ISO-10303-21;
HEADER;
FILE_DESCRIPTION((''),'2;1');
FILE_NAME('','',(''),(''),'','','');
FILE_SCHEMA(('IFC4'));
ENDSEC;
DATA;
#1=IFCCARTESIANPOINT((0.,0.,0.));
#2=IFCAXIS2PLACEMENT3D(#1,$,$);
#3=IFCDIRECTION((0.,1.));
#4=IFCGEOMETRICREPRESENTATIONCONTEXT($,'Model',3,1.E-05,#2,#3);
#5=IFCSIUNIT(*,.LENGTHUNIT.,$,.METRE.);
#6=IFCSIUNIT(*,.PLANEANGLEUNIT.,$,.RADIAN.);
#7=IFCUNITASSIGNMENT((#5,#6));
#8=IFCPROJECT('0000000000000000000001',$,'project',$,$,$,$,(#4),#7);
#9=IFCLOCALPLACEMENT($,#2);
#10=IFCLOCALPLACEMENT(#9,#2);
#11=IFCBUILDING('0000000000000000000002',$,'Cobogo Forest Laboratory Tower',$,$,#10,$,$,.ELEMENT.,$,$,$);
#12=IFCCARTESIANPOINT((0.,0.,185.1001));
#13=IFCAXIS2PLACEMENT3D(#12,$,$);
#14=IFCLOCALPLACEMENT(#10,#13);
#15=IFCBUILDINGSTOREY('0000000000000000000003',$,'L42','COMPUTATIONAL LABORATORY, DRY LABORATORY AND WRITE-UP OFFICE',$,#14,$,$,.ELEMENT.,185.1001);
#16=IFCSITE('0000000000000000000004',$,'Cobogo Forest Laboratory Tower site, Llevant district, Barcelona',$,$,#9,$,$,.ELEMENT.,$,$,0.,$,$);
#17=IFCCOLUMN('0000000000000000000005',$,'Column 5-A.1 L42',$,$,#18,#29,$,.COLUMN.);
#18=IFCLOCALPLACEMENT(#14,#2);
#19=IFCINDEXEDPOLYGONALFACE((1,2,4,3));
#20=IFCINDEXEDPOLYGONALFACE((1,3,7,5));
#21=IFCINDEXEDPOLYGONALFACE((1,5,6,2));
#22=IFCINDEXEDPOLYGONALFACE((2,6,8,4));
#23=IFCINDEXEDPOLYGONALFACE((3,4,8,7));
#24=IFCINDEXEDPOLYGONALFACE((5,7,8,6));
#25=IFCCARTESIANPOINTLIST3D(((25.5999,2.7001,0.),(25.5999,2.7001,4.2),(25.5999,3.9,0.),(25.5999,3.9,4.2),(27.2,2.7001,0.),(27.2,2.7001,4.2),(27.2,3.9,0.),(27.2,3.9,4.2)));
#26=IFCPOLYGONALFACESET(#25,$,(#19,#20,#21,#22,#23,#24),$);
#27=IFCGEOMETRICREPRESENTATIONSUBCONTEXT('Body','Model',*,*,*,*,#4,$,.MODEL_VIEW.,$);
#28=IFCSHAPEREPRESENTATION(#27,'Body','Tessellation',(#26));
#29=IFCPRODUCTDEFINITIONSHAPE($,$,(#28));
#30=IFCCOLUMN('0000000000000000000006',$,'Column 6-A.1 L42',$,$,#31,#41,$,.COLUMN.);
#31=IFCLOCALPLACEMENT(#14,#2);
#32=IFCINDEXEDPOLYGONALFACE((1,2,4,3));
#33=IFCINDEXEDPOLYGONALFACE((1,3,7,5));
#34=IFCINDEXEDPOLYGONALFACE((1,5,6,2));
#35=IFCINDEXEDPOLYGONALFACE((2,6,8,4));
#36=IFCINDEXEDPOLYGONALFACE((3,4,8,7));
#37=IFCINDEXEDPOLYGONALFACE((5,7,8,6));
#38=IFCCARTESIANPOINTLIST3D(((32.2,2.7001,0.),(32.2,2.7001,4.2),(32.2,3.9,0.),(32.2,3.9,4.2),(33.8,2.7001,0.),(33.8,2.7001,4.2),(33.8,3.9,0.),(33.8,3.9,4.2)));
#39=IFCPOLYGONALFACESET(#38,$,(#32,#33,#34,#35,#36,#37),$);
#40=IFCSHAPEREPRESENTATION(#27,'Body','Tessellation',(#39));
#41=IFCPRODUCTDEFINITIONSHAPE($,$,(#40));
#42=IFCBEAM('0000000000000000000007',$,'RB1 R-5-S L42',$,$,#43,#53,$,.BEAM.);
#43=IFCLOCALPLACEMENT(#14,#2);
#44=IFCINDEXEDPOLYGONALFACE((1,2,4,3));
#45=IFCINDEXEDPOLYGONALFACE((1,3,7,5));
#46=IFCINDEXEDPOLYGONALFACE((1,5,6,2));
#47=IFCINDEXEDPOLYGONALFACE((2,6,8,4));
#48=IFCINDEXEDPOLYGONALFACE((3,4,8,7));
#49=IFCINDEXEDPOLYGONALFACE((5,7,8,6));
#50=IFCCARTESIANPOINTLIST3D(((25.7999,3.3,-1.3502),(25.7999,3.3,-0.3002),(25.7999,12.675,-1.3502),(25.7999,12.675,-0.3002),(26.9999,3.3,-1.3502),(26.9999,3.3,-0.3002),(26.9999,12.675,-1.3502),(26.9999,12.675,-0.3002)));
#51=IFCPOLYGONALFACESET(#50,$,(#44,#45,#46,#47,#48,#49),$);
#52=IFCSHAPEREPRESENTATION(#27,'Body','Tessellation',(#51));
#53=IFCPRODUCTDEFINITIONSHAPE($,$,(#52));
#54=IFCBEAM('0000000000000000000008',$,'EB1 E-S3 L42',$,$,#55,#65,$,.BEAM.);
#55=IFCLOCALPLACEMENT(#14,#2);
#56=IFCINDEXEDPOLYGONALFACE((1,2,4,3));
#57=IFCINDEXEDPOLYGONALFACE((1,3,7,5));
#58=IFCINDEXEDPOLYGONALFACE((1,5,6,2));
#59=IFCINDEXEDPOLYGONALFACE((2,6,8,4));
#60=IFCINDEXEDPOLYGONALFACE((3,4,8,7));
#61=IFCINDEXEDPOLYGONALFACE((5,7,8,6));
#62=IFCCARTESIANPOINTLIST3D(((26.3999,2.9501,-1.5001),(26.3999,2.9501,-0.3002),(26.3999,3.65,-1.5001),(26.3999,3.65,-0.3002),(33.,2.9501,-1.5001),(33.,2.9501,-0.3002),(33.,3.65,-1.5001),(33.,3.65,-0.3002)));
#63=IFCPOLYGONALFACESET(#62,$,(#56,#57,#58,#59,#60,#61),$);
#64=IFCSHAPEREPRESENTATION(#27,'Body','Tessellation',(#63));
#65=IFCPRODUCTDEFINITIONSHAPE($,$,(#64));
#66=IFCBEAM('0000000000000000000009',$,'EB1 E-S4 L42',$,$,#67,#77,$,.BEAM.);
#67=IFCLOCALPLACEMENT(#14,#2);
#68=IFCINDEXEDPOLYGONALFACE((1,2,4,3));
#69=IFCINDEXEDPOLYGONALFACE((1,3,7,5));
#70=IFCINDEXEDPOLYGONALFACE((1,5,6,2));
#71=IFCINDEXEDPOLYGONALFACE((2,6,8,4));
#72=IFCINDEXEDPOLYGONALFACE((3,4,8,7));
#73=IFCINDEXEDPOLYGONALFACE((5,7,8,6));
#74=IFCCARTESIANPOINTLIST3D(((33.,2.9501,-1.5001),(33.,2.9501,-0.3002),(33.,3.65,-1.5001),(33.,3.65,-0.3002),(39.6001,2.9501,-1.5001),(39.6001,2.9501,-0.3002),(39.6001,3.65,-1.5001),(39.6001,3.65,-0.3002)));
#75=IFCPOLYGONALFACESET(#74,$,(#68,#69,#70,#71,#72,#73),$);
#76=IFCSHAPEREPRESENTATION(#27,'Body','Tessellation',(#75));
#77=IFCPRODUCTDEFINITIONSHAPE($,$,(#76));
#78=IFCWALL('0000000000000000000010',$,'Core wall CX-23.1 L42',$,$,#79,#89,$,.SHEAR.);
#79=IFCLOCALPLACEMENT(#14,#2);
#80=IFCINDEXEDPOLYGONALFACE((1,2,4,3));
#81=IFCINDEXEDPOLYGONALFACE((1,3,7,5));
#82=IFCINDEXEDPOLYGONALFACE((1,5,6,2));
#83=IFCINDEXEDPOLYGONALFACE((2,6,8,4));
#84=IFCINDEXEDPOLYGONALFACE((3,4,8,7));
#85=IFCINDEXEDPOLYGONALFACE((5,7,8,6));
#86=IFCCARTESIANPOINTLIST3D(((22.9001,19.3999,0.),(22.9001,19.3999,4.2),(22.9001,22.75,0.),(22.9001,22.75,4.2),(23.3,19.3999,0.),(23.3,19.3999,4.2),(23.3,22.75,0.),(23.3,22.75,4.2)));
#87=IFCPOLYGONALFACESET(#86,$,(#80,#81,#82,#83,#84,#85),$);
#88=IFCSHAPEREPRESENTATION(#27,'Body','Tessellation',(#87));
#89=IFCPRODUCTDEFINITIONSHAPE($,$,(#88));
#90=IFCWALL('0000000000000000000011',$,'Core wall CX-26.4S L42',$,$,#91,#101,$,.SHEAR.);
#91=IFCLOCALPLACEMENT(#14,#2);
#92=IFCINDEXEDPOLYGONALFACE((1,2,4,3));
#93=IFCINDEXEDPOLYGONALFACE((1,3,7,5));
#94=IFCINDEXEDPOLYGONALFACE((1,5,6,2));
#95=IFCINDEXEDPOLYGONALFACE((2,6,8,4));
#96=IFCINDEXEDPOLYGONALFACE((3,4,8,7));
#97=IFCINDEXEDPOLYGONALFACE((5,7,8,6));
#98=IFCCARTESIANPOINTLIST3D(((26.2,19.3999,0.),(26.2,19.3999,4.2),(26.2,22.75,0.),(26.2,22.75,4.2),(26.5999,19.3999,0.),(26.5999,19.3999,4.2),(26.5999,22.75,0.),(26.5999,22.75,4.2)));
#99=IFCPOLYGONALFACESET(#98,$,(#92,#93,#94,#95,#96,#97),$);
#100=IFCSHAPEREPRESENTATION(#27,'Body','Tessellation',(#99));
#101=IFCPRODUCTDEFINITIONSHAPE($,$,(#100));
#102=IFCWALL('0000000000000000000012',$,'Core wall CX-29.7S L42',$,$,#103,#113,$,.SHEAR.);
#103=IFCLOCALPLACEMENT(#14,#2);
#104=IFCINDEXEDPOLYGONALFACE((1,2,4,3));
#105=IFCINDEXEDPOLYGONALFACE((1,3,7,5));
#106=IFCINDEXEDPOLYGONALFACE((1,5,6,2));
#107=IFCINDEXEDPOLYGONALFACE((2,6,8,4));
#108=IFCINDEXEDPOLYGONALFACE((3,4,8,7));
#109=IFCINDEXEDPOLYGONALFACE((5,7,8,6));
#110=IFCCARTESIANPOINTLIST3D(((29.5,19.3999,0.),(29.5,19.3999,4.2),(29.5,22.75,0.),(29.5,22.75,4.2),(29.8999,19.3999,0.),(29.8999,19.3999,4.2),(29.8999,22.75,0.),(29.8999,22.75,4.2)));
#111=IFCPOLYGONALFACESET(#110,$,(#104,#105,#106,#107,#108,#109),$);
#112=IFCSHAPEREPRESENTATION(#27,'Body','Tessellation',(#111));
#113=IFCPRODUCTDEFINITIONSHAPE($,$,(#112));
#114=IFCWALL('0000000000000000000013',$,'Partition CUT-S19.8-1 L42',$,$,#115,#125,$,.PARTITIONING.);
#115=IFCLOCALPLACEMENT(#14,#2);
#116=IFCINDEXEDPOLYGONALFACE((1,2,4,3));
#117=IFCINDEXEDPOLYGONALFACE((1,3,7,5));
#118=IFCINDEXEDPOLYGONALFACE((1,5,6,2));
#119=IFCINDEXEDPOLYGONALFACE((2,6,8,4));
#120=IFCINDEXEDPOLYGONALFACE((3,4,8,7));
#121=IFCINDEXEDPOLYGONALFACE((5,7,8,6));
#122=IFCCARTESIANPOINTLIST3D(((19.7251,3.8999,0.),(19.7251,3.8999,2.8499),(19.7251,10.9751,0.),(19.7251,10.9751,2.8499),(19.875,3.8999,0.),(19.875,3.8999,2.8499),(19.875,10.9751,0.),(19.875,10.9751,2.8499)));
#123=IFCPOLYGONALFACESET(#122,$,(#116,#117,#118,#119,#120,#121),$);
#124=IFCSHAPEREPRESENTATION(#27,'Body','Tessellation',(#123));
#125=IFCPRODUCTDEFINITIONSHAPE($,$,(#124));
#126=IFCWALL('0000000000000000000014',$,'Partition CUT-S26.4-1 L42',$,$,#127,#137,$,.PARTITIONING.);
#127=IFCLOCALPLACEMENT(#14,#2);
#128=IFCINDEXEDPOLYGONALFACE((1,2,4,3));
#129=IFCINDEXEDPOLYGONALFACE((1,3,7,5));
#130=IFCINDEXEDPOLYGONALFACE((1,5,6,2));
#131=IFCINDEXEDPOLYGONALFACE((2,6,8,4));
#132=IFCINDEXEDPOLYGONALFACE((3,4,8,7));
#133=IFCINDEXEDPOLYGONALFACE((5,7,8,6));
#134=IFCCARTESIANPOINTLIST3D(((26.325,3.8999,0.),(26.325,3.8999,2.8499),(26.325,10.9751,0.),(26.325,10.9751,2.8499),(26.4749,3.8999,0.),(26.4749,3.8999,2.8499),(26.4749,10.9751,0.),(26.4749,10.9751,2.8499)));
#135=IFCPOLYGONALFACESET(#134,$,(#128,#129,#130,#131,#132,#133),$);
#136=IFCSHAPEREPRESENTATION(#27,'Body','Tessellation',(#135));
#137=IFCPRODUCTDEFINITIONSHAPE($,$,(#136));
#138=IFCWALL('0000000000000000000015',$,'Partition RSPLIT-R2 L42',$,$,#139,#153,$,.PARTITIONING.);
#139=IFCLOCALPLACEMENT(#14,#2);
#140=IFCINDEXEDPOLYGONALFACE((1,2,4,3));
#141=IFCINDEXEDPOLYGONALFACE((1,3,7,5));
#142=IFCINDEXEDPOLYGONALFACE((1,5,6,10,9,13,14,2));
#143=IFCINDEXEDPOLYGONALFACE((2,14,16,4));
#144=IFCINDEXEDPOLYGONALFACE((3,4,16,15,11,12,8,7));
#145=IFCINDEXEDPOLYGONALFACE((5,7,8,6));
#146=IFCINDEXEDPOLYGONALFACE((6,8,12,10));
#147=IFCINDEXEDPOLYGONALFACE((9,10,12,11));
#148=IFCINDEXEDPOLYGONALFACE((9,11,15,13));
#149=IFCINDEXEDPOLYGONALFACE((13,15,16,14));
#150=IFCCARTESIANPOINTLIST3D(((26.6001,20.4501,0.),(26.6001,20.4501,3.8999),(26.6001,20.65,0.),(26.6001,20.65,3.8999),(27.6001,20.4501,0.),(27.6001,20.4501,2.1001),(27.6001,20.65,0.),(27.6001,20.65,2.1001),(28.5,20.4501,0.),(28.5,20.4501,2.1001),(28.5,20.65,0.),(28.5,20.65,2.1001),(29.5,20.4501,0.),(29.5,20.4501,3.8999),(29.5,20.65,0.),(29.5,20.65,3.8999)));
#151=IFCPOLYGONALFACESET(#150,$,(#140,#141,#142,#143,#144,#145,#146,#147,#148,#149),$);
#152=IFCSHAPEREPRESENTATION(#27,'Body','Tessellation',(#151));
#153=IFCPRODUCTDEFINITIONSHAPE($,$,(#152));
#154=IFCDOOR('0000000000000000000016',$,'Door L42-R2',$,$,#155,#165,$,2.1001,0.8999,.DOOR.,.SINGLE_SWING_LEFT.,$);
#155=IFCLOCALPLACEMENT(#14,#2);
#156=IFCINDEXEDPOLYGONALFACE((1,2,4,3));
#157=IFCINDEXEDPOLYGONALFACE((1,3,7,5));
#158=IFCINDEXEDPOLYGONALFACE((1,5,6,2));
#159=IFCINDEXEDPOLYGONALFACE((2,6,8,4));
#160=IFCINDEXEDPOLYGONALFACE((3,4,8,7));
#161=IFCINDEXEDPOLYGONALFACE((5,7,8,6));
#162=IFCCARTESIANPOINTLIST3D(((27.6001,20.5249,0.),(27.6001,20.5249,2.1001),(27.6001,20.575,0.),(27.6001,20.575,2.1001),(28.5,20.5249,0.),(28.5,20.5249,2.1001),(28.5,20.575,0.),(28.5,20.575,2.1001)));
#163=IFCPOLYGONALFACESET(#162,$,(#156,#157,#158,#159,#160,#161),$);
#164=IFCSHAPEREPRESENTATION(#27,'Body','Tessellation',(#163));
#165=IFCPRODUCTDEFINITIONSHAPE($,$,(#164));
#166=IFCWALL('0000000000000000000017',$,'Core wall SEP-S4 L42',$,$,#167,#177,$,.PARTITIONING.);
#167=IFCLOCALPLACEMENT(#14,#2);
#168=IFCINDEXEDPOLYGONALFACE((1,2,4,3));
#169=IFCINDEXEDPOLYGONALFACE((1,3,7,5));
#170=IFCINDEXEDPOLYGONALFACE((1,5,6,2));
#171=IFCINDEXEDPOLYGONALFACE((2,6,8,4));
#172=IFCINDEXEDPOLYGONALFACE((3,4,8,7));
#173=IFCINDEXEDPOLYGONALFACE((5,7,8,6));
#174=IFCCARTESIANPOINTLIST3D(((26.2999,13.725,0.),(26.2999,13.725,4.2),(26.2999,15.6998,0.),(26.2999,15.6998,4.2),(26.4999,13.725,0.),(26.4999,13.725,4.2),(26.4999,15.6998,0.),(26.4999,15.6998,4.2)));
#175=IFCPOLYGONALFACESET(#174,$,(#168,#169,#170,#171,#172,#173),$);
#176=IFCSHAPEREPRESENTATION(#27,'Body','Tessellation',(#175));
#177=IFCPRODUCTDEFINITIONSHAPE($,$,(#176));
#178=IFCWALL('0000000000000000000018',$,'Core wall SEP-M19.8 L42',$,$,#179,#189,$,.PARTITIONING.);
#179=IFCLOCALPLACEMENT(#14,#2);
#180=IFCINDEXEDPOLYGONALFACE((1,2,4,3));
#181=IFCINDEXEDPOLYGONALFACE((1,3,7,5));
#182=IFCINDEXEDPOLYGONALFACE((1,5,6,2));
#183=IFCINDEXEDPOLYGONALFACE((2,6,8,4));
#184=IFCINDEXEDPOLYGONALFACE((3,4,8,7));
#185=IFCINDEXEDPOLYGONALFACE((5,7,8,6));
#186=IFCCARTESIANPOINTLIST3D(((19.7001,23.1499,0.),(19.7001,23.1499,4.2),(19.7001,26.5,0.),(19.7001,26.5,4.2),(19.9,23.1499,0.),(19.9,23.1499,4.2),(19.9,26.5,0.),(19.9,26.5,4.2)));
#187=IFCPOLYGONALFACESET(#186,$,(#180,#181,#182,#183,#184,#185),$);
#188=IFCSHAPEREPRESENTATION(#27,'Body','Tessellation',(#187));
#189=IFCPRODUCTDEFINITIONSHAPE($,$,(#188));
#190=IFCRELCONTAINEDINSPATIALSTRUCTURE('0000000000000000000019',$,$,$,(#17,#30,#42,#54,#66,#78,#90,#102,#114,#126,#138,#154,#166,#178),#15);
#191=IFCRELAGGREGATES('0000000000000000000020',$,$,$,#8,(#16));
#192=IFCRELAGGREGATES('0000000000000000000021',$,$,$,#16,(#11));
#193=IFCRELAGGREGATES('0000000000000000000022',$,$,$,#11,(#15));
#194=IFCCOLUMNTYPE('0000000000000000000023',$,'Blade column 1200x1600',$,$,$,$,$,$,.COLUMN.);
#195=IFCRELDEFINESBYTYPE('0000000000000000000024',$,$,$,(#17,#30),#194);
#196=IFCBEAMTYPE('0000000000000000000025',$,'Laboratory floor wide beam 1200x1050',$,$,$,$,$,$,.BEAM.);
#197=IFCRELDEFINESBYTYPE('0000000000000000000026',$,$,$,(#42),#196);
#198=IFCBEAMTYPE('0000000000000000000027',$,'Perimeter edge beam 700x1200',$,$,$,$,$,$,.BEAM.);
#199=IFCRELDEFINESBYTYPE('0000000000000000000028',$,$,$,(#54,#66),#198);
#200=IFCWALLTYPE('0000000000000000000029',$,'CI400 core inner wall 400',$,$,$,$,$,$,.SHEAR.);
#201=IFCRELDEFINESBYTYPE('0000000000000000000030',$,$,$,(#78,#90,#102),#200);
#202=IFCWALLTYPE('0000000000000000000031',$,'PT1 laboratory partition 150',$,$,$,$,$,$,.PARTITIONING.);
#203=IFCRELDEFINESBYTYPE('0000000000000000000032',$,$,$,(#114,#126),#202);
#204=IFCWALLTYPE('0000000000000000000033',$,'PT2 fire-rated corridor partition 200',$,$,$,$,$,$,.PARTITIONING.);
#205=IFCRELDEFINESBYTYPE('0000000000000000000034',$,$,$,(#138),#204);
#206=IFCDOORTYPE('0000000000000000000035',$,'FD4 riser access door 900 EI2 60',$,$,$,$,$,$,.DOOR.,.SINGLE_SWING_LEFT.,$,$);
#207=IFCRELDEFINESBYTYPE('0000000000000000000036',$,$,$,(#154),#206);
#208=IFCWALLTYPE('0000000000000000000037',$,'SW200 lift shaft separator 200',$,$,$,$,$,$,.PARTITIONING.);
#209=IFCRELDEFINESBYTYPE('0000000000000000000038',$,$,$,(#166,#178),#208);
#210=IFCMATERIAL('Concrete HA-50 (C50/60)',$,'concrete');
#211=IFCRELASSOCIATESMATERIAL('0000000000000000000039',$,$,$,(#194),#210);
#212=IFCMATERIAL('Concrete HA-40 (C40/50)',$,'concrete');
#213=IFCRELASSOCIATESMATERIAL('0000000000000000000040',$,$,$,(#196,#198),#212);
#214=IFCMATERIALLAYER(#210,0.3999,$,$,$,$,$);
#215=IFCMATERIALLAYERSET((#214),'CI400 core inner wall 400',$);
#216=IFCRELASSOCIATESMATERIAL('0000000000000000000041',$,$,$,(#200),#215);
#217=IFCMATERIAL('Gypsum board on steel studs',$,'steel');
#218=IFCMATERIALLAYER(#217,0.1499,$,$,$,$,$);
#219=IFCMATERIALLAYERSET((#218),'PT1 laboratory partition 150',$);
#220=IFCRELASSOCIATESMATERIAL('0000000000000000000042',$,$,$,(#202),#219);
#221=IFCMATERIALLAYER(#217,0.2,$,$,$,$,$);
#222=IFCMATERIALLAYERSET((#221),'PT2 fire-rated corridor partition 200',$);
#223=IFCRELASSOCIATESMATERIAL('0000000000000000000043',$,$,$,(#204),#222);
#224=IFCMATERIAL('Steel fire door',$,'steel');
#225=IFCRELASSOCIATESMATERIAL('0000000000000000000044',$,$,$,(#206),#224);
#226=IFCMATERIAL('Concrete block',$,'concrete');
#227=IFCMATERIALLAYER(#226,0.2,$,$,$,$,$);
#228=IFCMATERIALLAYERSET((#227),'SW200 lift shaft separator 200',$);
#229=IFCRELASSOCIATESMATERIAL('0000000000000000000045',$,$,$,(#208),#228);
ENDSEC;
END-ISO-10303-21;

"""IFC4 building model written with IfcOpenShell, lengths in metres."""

from ifc_helpers import new_model, si_unit, direction, frame, frame_2d, origin, origin_2d, place, context, subcontext, project, spatial, rectangle, extrude, material, layer, layer_set, material_profile, profile_set, type_object, element, fill, save


model = new_model("IFC4")

# Units and contexts
model_context = context("Model", 3, precision=1e-05, world=origin(), true_north=direction((0.0, 1.0)))
body_context = subcontext(model_context, "Body", "Model", "MODEL_VIEW")
ifc_project = project(units=[si_unit("LENGTHUNIT", "METRE"), si_unit("PLANEANGLEUNIT", "RADIAN")], contexts=[model_context])

# Site, building, storey
site_placement = place(None, origin())
site = spatial("IfcSite", under=ifc_project, at=site_placement, Name="Cobogo Forest Laboratory Tower site, Llevant district, Barcelona", CompositionType="ELEMENT", RefElevation=0.0)
building_placement = place(site_placement, origin())
building = spatial("IfcBuilding", under=site, at=building_placement, Name="Cobogo Forest Laboratory Tower", CompositionType="ELEMENT")
storey_placement = place(building_placement, frame((0.0, 0.0, 185.1001)))
storey = spatial("IfcBuildingStorey", under=building, at=storey_placement, Name="L42", Description="COMPUTATIONAL LABORATORY, DRY LABORATORY AND WRITE-UP OFFICE", CompositionType="ELEMENT", Elevation=185.1001)

# Columns
ifc_material_1 = material(Name="Concrete HA-50 (C50/60)", Category="concrete")
ifc_material_profile_1 = material_profile(ifc_material_1, rectangle(XDim=1.6001, YDim=1.2, at=origin_2d()), Name="RC 1200x1600")
ifc_profile_set_1 = profile_set([ifc_material_profile_1], Name="Concrete HA-50 (C50/60)")
column_type = type_object("IfcColumnType", Name="Blade column 1200x1600", PredefinedType="COLUMN", material=ifc_profile_set_1)
for number, where, z_axis, x_axis, name in (
    (1, (26.3999, 3.3, 0.0), (0.0, 0.0, 1.0), (1.0, 0.0, 0.0), "Column 5-A.1 L42"),
    (2, (33.0, 3.3, 0.0), (0.0, 0.0, 1.0), (1.0, 0.0, 0.0), "Column 6-A.1 L42"),
):
    element("IfcColumn", number, at=place(storey_placement, frame(where, z_axis=z_axis, x_axis=x_axis)), inside=storey, type_object=column_type, Name=name, PredefinedType="COLUMN", context=body_context, shape_type="SweptSolid", body=[
        extrude(rectangle(XDim=1.6001, YDim=1.2, at=origin_2d()), origin(), (0.0, 0.0, 1.0), 4.2),
    ])

# Beams
ifc_material_2 = material(Name="Concrete HA-40 (C40/50)", Category="concrete")
ifc_material_profile_2 = material_profile(ifc_material_2, rectangle(XDim=1.2, YDim=1.05, at=origin_2d()), Name="RC 1200x1050")
ifc_profile_set_2 = profile_set([ifc_material_profile_2], Name="Concrete HA-40 (C40/50)")
beam_type_1 = type_object("IfcBeamType", Name="Laboratory floor wide beam 1200x1050", PredefinedType="BEAM", material=ifc_profile_set_2)
beam_placement = place(storey_placement, frame((26.3999, 12.675, -0.8252), z_axis=(0.0, -1.0, 0.0), x_axis=(1.0, 0.0, 0.0)))
element("IfcBeam", 3, at=beam_placement, inside=storey, type_object=beam_type_1, Name="RB1 R-5-S L42", PredefinedType="BEAM", context=body_context, shape_type="SweptSolid", body=[
    extrude(rectangle(XDim=1.2, YDim=1.05, at=origin_2d()), origin(), (0.0, 0.0, 1.0), 9.375),
])
ifc_material_profile_3 = material_profile(ifc_material_2, rectangle(XDim=0.7, YDim=1.2, at=origin_2d()), Name="RC 700x1200")
ifc_profile_set_3 = profile_set([ifc_material_profile_3], Name="Concrete HA-40 (C40/50)")
beam_type_2 = type_object("IfcBeamType", Name="Perimeter edge beam 700x1200", PredefinedType="BEAM", material=ifc_profile_set_3)
for number, where, z_axis, x_axis, name in (
    (4, (26.3999, 3.3, -0.9001), (1.0, 0.0, 0.0), (0.0, 1.0, 0.0), "EB1 E-S3 L42"),
    (5, (33.0, 3.3, -0.9001), (1.0, 0.0, 0.0), (0.0, 1.0, 0.0), "EB1 E-S4 L42"),
):
    element("IfcBeam", number, at=place(storey_placement, frame(where, z_axis=z_axis, x_axis=x_axis)), inside=storey, type_object=beam_type_2, Name=name, PredefinedType="BEAM", context=body_context, shape_type="SweptSolid", body=[
        extrude(rectangle(XDim=0.7, YDim=1.2, at=origin_2d()), origin(), (0.0, 0.0, 1.0), 6.6001),
    ])

# Walls
ifc_layer_1 = layer(ifc_material_1, 0.3999)
ifc_layer_set_1 = layer_set([ifc_layer_1], Name="CI400 core inner wall 400")
wall_type_1 = type_object("IfcWallType", Name="CI400 core inner wall 400", PredefinedType="SHEAR", material=ifc_layer_set_1)
for number, where, z_axis, x_axis, name in (
    (6, (23.1001, 19.3999, 0.0), (0.0, 0.0, 1.0), (0.0, 1.0, 0.0), "Core wall CX-23.1 L42"),
    (7, (26.3999, 19.3999, 0.0), (0.0, 0.0, 1.0), (0.0, 1.0, 0.0), "Core wall CX-26.4S L42"),
    (8, (29.7, 19.3999, 0.0), (0.0, 0.0, 1.0), (0.0, 1.0, 0.0), "Core wall CX-29.7S L42"),
):
    element("IfcWall", number, at=place(storey_placement, frame(where, z_axis=z_axis, x_axis=x_axis)), inside=storey, type_object=wall_type_1, Name=name, PredefinedType="SHEAR", context=body_context, shape_type="SweptSolid", body=[
        extrude(rectangle(XDim=3.3501, YDim=0.3999, at=frame_2d((1.675, 0.0))), origin(), (0.0, 0.0, 1.0), 4.2),
    ])
ifc_material_3 = material(Name="Gypsum board on steel studs", Category="steel")
ifc_layer_2 = layer(ifc_material_3, 0.1499)
ifc_layer_set_2 = layer_set([ifc_layer_2], Name="PT1 laboratory partition 150")
wall_type_2 = type_object("IfcWallType", Name="PT1 laboratory partition 150", PredefinedType="PARTITIONING", material=ifc_layer_set_2)
for number, where, z_axis, x_axis, name in (
    (9, (19.8, 3.8999, 0.0), (0.0, 0.0, 1.0), (0.0, 1.0, 0.0), "Partition CUT-S19.8-1 L42"),
    (10, (26.3999, 3.8999, 0.0), (0.0, 0.0, 1.0), (0.0, 1.0, 0.0), "Partition CUT-S26.4-1 L42"),
):
    element("IfcWall", number, at=place(storey_placement, frame(where, z_axis=z_axis, x_axis=x_axis)), inside=storey, type_object=wall_type_2, Name=name, PredefinedType="PARTITIONING", context=body_context, shape_type="SweptSolid", body=[
        extrude(rectangle(XDim=7.0752, YDim=0.1499, at=frame_2d((3.5376, 0.0))), origin(), (0.0, 0.0, 1.0), 2.8499),
    ])

# Wall, opening, door
ifc_layer_3 = layer(ifc_material_3, 0.2)
ifc_layer_set_3 = layer_set([ifc_layer_3], Name="PT2 fire-rated corridor partition 200")
wall_type_3 = type_object("IfcWallType", Name="PT2 fire-rated corridor partition 200", PredefinedType="PARTITIONING", material=ifc_layer_set_3)
wall_1_placement = place(storey_placement, frame((26.6001, 20.55, 0.0), z_axis=(0.0, 0.0, 1.0), x_axis=(1.0, 0.0, 0.0)))
wall_1 = element("IfcWall", 11, at=wall_1_placement, inside=storey, type_object=wall_type_3, Name="Partition RSPLIT-R2 L42", PredefinedType="PARTITIONING", context=body_context, shape_type="SweptSolid", body=[
    extrude(rectangle(XDim=2.8999, YDim=0.2, at=frame_2d((1.45, 0.0))), origin(), (0.0, 0.0, 1.0), 3.8999),
])
opening_placement = place(wall_1_placement, frame((1.0, 0.0, 0.0)))
opening = element("IfcOpeningElement", 12, at=opening_placement, cuts=wall_1, PredefinedType="OPENING", context=body_context, shape_type="SweptSolid", body=[
    extrude(rectangle(XDim=0.8999, YDim=2.1001, at=frame_2d((0.45, 1.05))), frame((0.0, 0.1099, 0.0), z_axis=(0.0, -1.0, 0.0), x_axis=(1.0, 0.0, 0.0)), (0.0, 0.0, 1.0), 0.22),
])
ifc_material_4 = material(Name="Steel fire door", Category="steel")
door_type = type_object("IfcDoorType", Name="FD4 riser access door 900 EI2 60", OperationType="SINGLE_SWING_LEFT", PredefinedType="DOOR", material=ifc_material_4)
door_placement = place(opening_placement, origin())
door = element("IfcDoor", 13, at=door_placement, inside=storey, type_object=door_type, Name="Door L42-R2", OperationType="SINGLE_SWING_LEFT", OverallHeight=2.1001, OverallWidth=0.8999, PredefinedType="DOOR", context=body_context, shape_type="SweptSolid", body=[
    extrude(rectangle(XDim=0.8999, YDim=2.1001, at=frame_2d((0.45, 1.05))), frame((0.0, 0.0249, 0.0), z_axis=(0.0, -1.0, 0.0), x_axis=(1.0, 0.0, 0.0)), (0.0, 0.0, 1.0), 0.05),
])
fill(opening, door)

# Walls
ifc_material_5 = material(Name="Concrete block", Category="concrete")
ifc_layer_4 = layer(ifc_material_5, 0.2)
ifc_layer_set_4 = layer_set([ifc_layer_4], Name="SW200 lift shaft separator 200")
wall_type_4 = type_object("IfcWallType", Name="SW200 lift shaft separator 200", PredefinedType="PARTITIONING", material=ifc_layer_set_4)
wall_2_placement = place(storey_placement, frame((26.3999, 13.7251, 0.0), z_axis=(0.0, 0.0, 1.0), x_axis=(0.0, 1.0, 0.0)))
element("IfcWall", 14, at=wall_2_placement, inside=storey, type_object=wall_type_4, Name="Core wall SEP-S4 L42", PredefinedType="PARTITIONING", context=body_context, shape_type="SweptSolid", body=[
    extrude(rectangle(XDim=1.9749, YDim=0.2, at=frame_2d((0.9873, 0.0))), origin(), (0.0, 0.0, 1.0), 4.2),
])
for number, where, z_axis, x_axis, name in (
    (15, (19.8, 23.1499, 0.0), (0.0, 0.0, 1.0), (0.0, 1.0, 0.0), "Core wall SEP-M19.8 L42"),
):
    element("IfcWall", number, at=place(storey_placement, frame(where, z_axis=z_axis, x_axis=x_axis)), inside=storey, type_object=wall_type_4, Name=name, PredefinedType="PARTITIONING", context=body_context, shape_type="SweptSolid", body=[
        extrude(rectangle(XDim=3.3501, YDim=0.2, at=frame_2d((1.675, 0.0))), origin(), (0.0, 0.0, 1.0), 4.2),
    ])

save(model, "model.ifc")
